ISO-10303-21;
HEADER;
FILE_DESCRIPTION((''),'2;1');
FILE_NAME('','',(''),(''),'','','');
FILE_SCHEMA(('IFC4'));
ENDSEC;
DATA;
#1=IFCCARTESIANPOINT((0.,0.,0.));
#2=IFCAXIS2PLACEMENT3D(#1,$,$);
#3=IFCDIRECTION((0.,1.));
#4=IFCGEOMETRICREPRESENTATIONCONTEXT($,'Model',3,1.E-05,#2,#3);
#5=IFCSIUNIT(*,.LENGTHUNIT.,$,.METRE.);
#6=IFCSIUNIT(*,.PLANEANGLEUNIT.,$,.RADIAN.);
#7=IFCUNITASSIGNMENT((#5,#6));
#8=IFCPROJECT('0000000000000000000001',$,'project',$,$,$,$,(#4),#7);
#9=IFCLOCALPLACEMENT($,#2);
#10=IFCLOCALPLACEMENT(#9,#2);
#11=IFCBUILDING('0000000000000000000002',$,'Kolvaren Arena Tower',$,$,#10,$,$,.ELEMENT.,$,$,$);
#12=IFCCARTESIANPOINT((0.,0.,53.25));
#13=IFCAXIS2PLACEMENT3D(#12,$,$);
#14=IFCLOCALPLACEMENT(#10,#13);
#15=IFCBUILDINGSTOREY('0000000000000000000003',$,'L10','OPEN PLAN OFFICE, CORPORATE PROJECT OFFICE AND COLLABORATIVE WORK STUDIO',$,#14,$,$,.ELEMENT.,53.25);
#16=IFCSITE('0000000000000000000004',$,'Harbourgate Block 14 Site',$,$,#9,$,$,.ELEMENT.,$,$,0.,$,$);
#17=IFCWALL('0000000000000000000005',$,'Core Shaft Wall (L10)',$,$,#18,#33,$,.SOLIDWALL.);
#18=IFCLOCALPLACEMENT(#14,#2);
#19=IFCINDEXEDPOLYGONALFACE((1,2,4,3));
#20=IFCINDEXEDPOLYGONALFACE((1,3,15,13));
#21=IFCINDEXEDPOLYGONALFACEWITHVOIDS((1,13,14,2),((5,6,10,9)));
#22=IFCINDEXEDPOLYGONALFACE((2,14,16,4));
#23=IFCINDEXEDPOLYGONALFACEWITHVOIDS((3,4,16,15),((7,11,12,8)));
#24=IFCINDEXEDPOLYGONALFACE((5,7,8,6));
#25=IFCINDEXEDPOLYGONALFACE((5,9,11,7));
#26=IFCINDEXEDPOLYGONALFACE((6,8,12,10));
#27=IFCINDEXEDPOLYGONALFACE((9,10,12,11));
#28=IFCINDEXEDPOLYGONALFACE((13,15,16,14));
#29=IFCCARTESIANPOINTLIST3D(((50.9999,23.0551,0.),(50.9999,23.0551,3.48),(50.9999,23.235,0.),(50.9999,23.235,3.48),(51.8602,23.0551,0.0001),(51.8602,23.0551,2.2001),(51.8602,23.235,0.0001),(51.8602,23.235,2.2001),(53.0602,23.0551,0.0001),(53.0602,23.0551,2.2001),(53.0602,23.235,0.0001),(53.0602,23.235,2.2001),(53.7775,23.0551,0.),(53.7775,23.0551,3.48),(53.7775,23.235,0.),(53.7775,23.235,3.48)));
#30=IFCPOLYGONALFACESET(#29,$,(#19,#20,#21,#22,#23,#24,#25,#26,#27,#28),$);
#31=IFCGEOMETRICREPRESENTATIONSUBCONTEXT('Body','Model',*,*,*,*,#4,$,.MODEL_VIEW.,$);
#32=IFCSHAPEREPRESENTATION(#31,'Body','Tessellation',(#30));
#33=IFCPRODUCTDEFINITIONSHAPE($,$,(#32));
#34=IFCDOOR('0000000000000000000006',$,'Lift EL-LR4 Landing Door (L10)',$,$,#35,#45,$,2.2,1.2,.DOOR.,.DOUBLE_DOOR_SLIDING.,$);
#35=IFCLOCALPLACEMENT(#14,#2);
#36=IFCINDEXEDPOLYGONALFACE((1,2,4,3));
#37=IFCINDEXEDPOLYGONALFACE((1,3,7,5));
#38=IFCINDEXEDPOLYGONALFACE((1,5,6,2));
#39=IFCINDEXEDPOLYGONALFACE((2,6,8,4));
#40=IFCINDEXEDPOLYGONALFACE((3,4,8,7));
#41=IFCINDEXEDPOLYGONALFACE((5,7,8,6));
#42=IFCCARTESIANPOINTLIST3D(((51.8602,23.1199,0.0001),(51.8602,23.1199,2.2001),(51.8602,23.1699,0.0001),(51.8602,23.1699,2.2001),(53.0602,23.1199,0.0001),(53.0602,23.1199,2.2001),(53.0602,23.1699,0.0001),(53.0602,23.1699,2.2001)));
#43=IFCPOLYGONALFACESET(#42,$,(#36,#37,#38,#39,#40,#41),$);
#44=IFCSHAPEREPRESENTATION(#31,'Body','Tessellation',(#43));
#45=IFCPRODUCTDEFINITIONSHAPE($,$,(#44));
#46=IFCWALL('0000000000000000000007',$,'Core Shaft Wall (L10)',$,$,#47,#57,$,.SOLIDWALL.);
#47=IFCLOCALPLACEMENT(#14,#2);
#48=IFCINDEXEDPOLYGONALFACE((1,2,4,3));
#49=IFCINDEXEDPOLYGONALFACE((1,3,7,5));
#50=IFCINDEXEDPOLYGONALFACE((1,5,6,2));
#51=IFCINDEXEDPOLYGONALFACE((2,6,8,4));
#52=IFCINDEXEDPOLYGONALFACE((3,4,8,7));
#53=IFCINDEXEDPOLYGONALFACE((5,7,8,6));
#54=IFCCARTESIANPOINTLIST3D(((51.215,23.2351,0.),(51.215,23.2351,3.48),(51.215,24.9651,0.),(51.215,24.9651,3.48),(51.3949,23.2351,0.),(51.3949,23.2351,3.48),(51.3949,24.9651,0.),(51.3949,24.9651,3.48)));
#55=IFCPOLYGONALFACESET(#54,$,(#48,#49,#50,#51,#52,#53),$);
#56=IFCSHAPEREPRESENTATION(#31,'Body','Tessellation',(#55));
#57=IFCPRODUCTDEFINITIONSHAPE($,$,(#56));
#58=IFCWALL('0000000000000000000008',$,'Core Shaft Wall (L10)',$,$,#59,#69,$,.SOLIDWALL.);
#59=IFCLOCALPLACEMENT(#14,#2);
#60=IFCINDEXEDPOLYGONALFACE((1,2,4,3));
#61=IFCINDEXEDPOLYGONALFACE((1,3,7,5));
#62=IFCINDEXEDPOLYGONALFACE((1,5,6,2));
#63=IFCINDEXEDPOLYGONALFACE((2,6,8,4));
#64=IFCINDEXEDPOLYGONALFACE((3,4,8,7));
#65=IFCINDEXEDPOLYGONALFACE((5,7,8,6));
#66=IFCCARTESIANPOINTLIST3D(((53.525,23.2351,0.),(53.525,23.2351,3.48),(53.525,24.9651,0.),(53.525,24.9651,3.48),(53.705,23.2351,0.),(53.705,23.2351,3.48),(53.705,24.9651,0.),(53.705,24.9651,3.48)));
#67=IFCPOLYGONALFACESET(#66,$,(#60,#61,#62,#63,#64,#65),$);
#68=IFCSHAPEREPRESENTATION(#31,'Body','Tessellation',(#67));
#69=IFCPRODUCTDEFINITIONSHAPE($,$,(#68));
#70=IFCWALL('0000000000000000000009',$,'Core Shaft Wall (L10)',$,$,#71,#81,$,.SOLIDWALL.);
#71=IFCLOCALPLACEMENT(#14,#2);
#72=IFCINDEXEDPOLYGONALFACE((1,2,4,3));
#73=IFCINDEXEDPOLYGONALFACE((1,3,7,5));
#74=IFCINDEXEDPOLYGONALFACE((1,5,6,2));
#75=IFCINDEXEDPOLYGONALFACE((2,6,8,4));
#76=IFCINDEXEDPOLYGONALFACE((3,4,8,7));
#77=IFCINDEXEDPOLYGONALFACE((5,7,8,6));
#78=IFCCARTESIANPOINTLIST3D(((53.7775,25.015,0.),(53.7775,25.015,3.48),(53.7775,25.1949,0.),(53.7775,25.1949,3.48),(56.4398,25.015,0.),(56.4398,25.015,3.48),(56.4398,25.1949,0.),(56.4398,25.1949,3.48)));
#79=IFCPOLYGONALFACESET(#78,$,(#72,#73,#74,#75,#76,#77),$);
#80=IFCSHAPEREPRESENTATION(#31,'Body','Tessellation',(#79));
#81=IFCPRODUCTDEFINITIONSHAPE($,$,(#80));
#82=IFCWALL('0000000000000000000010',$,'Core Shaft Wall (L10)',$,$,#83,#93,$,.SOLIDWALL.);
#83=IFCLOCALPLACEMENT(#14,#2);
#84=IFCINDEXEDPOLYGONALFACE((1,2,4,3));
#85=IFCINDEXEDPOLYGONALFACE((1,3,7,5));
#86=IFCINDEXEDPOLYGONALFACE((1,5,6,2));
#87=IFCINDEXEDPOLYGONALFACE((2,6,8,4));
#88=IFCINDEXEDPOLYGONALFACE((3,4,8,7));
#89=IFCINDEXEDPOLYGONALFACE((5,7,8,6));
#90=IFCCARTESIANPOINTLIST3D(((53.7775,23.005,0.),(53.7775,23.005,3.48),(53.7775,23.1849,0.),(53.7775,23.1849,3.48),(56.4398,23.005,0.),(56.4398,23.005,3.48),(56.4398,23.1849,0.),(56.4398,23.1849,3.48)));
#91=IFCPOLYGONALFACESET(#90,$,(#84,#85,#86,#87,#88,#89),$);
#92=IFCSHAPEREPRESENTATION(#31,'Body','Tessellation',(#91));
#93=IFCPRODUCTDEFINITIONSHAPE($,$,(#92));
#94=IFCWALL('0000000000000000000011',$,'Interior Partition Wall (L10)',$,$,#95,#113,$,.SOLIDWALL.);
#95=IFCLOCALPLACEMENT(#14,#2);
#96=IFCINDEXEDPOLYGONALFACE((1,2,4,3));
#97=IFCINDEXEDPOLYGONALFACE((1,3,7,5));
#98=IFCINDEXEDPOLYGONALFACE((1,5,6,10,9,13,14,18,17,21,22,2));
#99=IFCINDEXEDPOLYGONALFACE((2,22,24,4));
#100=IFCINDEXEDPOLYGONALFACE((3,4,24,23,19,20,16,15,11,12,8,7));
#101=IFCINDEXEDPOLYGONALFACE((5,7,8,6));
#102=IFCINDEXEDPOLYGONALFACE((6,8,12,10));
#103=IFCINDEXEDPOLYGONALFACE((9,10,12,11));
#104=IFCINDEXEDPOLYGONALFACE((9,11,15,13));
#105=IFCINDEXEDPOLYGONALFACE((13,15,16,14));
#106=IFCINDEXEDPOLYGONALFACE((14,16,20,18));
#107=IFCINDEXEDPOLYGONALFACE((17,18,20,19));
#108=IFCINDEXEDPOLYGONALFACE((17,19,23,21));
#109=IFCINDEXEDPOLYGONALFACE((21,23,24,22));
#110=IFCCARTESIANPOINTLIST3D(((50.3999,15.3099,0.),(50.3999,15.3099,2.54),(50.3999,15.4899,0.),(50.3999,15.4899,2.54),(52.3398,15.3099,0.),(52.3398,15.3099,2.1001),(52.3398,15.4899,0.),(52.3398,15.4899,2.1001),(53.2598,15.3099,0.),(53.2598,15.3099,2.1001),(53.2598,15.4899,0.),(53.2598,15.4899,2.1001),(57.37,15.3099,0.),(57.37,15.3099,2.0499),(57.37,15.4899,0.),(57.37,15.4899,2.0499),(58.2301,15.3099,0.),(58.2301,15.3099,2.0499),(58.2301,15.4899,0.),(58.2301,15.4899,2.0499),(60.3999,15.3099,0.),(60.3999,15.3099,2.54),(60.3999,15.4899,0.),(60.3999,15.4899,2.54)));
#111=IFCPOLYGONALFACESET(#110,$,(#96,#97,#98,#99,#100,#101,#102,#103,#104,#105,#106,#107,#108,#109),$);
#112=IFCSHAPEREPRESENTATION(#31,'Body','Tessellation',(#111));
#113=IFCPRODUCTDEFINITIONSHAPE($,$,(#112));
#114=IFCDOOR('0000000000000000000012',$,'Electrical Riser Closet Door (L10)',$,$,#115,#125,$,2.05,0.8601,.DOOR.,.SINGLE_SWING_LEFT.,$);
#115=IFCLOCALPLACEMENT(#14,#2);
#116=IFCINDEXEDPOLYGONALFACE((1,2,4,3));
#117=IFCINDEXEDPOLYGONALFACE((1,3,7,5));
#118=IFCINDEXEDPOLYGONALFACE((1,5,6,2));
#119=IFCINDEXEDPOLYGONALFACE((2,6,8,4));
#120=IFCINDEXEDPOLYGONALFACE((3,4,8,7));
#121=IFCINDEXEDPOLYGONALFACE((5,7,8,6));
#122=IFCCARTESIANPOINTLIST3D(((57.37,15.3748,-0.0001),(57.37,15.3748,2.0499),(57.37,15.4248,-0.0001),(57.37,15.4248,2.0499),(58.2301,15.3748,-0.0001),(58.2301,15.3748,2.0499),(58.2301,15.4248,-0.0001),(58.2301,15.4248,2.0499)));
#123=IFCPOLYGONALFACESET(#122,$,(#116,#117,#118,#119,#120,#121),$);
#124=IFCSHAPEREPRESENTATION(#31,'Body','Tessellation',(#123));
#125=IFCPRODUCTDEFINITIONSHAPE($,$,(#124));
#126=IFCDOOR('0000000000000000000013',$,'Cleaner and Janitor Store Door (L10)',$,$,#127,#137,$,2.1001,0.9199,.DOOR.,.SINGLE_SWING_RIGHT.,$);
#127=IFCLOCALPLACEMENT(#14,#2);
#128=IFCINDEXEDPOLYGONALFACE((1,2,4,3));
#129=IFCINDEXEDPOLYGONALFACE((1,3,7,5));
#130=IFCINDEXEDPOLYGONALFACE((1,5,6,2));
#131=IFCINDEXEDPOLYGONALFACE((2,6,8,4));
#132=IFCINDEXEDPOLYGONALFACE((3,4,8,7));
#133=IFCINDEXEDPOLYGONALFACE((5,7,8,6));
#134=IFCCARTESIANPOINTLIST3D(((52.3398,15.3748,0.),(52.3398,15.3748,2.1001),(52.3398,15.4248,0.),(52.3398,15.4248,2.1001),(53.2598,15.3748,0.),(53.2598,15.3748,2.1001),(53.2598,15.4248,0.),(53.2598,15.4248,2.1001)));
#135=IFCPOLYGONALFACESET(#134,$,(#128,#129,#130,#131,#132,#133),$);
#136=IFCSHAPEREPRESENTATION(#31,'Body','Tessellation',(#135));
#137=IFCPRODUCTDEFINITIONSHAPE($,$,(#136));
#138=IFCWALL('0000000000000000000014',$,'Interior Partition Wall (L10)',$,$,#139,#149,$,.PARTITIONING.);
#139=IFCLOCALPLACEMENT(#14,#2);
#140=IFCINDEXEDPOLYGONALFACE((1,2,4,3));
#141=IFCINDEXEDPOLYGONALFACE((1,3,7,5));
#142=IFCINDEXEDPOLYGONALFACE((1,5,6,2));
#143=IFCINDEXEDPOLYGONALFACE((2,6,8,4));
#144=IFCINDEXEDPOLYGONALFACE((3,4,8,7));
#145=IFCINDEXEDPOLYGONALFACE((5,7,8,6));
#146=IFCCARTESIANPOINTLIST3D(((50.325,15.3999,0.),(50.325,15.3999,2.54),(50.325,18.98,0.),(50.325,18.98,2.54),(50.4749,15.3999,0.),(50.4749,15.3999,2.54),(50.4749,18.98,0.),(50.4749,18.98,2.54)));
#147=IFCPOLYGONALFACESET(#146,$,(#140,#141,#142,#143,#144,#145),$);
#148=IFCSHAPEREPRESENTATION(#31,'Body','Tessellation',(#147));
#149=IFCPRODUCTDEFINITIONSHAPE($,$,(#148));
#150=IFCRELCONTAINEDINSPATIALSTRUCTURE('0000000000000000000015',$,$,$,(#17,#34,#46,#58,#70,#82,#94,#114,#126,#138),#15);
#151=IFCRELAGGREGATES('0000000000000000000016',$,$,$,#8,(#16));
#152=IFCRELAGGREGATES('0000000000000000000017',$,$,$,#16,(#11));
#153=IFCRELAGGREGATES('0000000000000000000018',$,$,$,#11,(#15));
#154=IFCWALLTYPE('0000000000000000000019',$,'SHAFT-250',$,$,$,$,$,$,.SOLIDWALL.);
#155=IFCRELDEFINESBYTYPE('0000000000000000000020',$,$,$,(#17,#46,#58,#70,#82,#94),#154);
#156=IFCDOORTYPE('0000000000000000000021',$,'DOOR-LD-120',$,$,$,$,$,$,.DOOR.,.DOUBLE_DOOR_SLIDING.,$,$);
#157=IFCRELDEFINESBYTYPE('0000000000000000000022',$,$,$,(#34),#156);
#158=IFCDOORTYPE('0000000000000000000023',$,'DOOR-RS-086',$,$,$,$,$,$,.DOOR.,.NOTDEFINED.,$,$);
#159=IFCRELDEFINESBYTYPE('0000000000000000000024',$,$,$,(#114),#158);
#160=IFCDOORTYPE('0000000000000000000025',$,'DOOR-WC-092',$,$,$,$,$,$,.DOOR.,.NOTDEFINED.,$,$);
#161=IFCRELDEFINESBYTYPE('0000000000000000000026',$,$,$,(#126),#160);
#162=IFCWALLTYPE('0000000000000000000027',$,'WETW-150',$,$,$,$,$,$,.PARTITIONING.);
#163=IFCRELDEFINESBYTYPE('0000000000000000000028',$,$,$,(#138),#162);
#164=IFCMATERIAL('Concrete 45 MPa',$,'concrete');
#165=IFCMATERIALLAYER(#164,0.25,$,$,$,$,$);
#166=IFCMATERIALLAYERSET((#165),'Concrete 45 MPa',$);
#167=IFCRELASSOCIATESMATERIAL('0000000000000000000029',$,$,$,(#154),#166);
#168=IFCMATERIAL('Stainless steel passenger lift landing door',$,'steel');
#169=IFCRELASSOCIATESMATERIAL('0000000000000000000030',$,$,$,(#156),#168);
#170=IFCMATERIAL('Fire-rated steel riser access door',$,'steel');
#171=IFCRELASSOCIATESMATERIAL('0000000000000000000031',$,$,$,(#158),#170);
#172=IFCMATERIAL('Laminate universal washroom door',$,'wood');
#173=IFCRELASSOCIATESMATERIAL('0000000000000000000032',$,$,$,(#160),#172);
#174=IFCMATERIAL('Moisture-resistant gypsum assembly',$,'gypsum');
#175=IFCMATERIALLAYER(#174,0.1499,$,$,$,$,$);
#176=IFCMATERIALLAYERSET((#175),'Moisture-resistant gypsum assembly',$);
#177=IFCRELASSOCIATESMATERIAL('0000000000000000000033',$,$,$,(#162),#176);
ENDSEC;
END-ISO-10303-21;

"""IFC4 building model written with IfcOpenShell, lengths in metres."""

from ifc_helpers import new_model, si_unit, direction, frame, frame_2d, origin, place, context, subcontext, project, spatial, rectangle, extrude, material, layer, layer_set, type_object, element, fill, save


model = new_model("IFC4")

# Units and contexts
model_context = context("Model", 3, precision=1e-05, world=origin(), true_north=direction((0.0, 1.0)))
body_context = subcontext(model_context, "Body", "Model", "MODEL_VIEW")
ifc_project = project(units=[si_unit("LENGTHUNIT", "METRE"), si_unit("PLANEANGLEUNIT", "RADIAN")], contexts=[model_context])

# Site, building, storey
site_placement = place(None, origin())
site = spatial("IfcSite", under=ifc_project, at=site_placement, Name="Harbourgate Block 14 Site", CompositionType="ELEMENT", RefElevation=0.0)
building_placement = place(site_placement, origin())
building = spatial("IfcBuilding", under=site, at=building_placement, Name="Kolvaren Arena Tower", CompositionType="ELEMENT")
storey_placement = place(building_placement, frame((0.0, 0.0, 53.25)))
storey = spatial("IfcBuildingStorey", under=building, at=storey_placement, Name="L10", Description="OPEN PLAN OFFICE, CORPORATE PROJECT OFFICE AND COLLABORATIVE WORK STUDIO", CompositionType="ELEMENT", Elevation=53.25)

# Shared definitions
ifc_material_1 = material(Name="Concrete 45 MPa", Category="concrete")
ifc_layer_1 = layer(ifc_material_1, 0.25)
ifc_layer_set_1 = layer_set([ifc_layer_1], Name="Concrete 45 MPa")
wall_type_1 = type_object("IfcWallType", Name="SHAFT-250", PredefinedType="SOLIDWALL", material=ifc_layer_set_1)
ifc_material_2 = material(Name="Stainless steel passenger lift landing door", Category="steel")
door_type_1 = type_object("IfcDoorType", Name="DOOR-LD-120", OperationType="DOUBLE_DOOR_SLIDING", PredefinedType="DOOR", material=ifc_material_2)

# Wall, opening, door
wall_1_placement = place(storey_placement, frame((51.0, 23.145, 0.0), z_axis=(0.0, 0.0, 1.0), x_axis=(1.0, 0.0, 0.0)))
wall_1 = element("IfcWall", 1, at=wall_1_placement, inside=storey, type_object=wall_type_1, Name="Core Shaft Wall (L10)", PredefinedType="SOLIDWALL", context=body_context, shape_type="SweptSolid", body=[
    extrude(rectangle(XDim=2.7776, YDim=0.1799, at=frame_2d((1.3887, 0.0))), origin(), (0.0, 0.0, 1.0), 3.48),
])
opening_1_placement = place(wall_1_placement, frame((0.8601, 0.0, 0.0)))
opening_1 = element("IfcOpeningElement", 2, at=opening_1_placement, cuts=wall_1, PredefinedType="OPENING", context=body_context, shape_type="SweptSolid", body=[
    extrude(rectangle(XDim=1.2, YDim=2.2, at=frame_2d((0.6001, 1.1001))), frame((0.0, 0.0999, 0.0), z_axis=(0.0, -1.0, 0.0), x_axis=(1.0, 0.0, 0.0)), (0.0, 0.0, 1.0), 0.2),
])
door_1_placement = place(opening_1_placement, origin())
door_1 = element("IfcDoor", 3, at=door_1_placement, inside=storey, type_object=door_type_1, Name="Lift EL-LR4 Landing Door (L10)", OperationType="DOUBLE_DOOR_SLIDING", OverallHeight=2.2, OverallWidth=1.2, PredefinedType="DOOR", context=body_context, shape_type="SweptSolid", body=[
    extrude(rectangle(XDim=1.2, YDim=2.2, at=frame_2d((0.6001, 1.1001))), frame((0.0, 0.0249, 0.0), z_axis=(0.0, -1.0, 0.0), x_axis=(1.0, 0.0, 0.0)), (0.0, 0.0, 1.0), 0.05),
])
fill(opening_1, door_1)

# Walls
for number, where, z_axis, x_axis, name in (
    (4, (51.3049, 23.2351, 0.0), (0.0, 0.0, 1.0), (0.0, 1.0, 0.0), "Core Shaft Wall (L10)"),
    (5, (53.615, 23.2351, 0.0), (0.0, 0.0, 1.0), (0.0, 1.0, 0.0), "Core Shaft Wall (L10)"),
):
    element("IfcWall", number, at=place(storey_placement, frame(where, z_axis=z_axis, x_axis=x_axis)), inside=storey, type_object=wall_type_1, Name=name, PredefinedType="SOLIDWALL", context=body_context, shape_type="SweptSolid", body=[
        extrude(rectangle(XDim=1.73, YDim=0.1799, at=frame_2d((0.865, 0.0))), origin(), (0.0, 0.0, 1.0), 3.48),
    ])
for number, where, z_axis, x_axis, name in (
    (6, (53.7776, 25.105, 0.0), (0.0, 0.0, 1.0), (1.0, 0.0, 0.0), "Core Shaft Wall (L10)"),
    (7, (53.7776, 23.095, 0.0), (0.0, 0.0, 1.0), (1.0, 0.0, 0.0), "Core Shaft Wall (L10)"),
):
    element("IfcWall", number, at=place(storey_placement, frame(where, z_axis=z_axis, x_axis=x_axis)), inside=storey, type_object=wall_type_1, Name=name, PredefinedType="SOLIDWALL", context=body_context, shape_type="SweptSolid", body=[
        extrude(rectangle(XDim=2.6624, YDim=0.1799, at=frame_2d((1.3311, 0.0))), origin(), (0.0, 0.0, 1.0), 3.48),
    ])

# Wall, openings, doors
wall_2_placement = place(storey_placement, frame((50.3999, 15.3999, 0.0), z_axis=(0.0, 0.0, 1.0), x_axis=(1.0, 0.0, 0.0)))
wall_2 = element("IfcWall", 8, at=wall_2_placement, inside=storey, type_object=wall_type_1, Name="Interior Partition Wall (L10)", PredefinedType="SOLIDWALL", context=body_context, shape_type="SweptSolid", body=[
    extrude(rectangle(XDim=10.0, YDim=0.1799, at=frame_2d((5.0, 0.0))), origin(), (0.0, 0.0, 1.0), 2.54),
])
opening_2_placement = place(wall_2_placement, frame((1.9399, 0.0, 0.0)))
opening_2 = element("IfcOpeningElement", 9, at=opening_2_placement, cuts=wall_2, PredefinedType="OPENING", context=body_context, shape_type="SweptSolid", body=[
    extrude(rectangle(XDim=0.9199, YDim=2.1001, at=frame_2d((0.46, 1.05))), frame((0.0, 0.0999, 0.0), z_axis=(0.0, -1.0, 0.0), x_axis=(1.0, 0.0, 0.0)), (0.0, 0.0, 1.0), 0.2),
])
opening_3_placement = place(wall_2_placement, frame((6.97, 0.0, 0.0)))
opening_3 = element("IfcOpeningElement", 10, at=opening_3_placement, cuts=wall_2, PredefinedType="OPENING", context=body_context, shape_type="SweptSolid", body=[
    extrude(rectangle(XDim=0.8601, YDim=2.05, at=frame_2d((0.4302, 1.0249))), frame((0.0, 0.0999, 0.0), z_axis=(0.0, -1.0, 0.0), x_axis=(1.0, 0.0, 0.0)), (0.0, 0.0, 1.0), 0.2),
])
ifc_material_3 = material(Name="Fire-rated steel riser access door", Category="steel")
door_type_2 = type_object("IfcDoorType", Name="DOOR-RS-086", OperationType="NOTDEFINED", PredefinedType="DOOR", material=ifc_material_3)
door_2_placement = place(opening_3_placement, origin())
door_2 = element("IfcDoor", 11, at=door_2_placement, inside=storey, type_object=door_type_2, Name="Electrical Riser Closet Door (L10)", OperationType="SINGLE_SWING_LEFT", OverallHeight=2.05, OverallWidth=0.8601, PredefinedType="DOOR", context=body_context, shape_type="SweptSolid", body=[
    extrude(rectangle(XDim=0.8601, YDim=2.05, at=frame_2d((0.4302, 1.0249))), frame((0.0, 0.0249, 0.0), z_axis=(0.0, -1.0, 0.0), x_axis=(1.0, 0.0, 0.0)), (0.0, 0.0, 1.0), 0.05),
])
fill(opening_3, door_2)
ifc_material_4 = material(Name="Laminate universal washroom door", Category="wood")
door_type_3 = type_object("IfcDoorType", Name="DOOR-WC-092", OperationType="NOTDEFINED", PredefinedType="DOOR", material=ifc_material_4)
door_3_placement = place(opening_2_placement, origin())
door_3 = element("IfcDoor", 12, at=door_3_placement, inside=storey, type_object=door_type_3, Name="Cleaner and Janitor Store Door (L10)", OperationType="SINGLE_SWING_RIGHT", OverallHeight=2.1001, OverallWidth=0.9199, PredefinedType="DOOR", context=body_context, shape_type="SweptSolid", body=[
    extrude(rectangle(XDim=0.9199, YDim=2.1001, at=frame_2d((0.46, 1.05))), frame((0.0, 0.0249, 0.0), z_axis=(0.0, -1.0, 0.0), x_axis=(1.0, 0.0, 0.0)), (0.0, 0.0, 1.0), 0.05),
])
fill(opening_2, door_3)

# Wall
ifc_material_5 = material(Name="Moisture-resistant gypsum assembly", Category="gypsum")
ifc_layer_2 = layer(ifc_material_5, 0.1499)
ifc_layer_set_2 = layer_set([ifc_layer_2], Name="Moisture-resistant gypsum assembly")
wall_type_2 = type_object("IfcWallType", Name="WETW-150", PredefinedType="PARTITIONING", material=ifc_layer_set_2)
wall_3_placement = place(storey_placement, frame((50.3999, 15.3999, 0.0), z_axis=(0.0, 0.0, 1.0), x_axis=(0.0, 1.0, 0.0)))
element("IfcWall", 13, at=wall_3_placement, inside=storey, type_object=wall_type_2, Name="Interior Partition Wall (L10)", PredefinedType="PARTITIONING", context=body_context, shape_type="SweptSolid", body=[
    extrude(rectangle(XDim=3.5801, YDim=0.1499, at=frame_2d((1.79, 0.0))), origin(), (0.0, 0.0, 1.0), 2.54),
])

save(model, "model.ifc")
